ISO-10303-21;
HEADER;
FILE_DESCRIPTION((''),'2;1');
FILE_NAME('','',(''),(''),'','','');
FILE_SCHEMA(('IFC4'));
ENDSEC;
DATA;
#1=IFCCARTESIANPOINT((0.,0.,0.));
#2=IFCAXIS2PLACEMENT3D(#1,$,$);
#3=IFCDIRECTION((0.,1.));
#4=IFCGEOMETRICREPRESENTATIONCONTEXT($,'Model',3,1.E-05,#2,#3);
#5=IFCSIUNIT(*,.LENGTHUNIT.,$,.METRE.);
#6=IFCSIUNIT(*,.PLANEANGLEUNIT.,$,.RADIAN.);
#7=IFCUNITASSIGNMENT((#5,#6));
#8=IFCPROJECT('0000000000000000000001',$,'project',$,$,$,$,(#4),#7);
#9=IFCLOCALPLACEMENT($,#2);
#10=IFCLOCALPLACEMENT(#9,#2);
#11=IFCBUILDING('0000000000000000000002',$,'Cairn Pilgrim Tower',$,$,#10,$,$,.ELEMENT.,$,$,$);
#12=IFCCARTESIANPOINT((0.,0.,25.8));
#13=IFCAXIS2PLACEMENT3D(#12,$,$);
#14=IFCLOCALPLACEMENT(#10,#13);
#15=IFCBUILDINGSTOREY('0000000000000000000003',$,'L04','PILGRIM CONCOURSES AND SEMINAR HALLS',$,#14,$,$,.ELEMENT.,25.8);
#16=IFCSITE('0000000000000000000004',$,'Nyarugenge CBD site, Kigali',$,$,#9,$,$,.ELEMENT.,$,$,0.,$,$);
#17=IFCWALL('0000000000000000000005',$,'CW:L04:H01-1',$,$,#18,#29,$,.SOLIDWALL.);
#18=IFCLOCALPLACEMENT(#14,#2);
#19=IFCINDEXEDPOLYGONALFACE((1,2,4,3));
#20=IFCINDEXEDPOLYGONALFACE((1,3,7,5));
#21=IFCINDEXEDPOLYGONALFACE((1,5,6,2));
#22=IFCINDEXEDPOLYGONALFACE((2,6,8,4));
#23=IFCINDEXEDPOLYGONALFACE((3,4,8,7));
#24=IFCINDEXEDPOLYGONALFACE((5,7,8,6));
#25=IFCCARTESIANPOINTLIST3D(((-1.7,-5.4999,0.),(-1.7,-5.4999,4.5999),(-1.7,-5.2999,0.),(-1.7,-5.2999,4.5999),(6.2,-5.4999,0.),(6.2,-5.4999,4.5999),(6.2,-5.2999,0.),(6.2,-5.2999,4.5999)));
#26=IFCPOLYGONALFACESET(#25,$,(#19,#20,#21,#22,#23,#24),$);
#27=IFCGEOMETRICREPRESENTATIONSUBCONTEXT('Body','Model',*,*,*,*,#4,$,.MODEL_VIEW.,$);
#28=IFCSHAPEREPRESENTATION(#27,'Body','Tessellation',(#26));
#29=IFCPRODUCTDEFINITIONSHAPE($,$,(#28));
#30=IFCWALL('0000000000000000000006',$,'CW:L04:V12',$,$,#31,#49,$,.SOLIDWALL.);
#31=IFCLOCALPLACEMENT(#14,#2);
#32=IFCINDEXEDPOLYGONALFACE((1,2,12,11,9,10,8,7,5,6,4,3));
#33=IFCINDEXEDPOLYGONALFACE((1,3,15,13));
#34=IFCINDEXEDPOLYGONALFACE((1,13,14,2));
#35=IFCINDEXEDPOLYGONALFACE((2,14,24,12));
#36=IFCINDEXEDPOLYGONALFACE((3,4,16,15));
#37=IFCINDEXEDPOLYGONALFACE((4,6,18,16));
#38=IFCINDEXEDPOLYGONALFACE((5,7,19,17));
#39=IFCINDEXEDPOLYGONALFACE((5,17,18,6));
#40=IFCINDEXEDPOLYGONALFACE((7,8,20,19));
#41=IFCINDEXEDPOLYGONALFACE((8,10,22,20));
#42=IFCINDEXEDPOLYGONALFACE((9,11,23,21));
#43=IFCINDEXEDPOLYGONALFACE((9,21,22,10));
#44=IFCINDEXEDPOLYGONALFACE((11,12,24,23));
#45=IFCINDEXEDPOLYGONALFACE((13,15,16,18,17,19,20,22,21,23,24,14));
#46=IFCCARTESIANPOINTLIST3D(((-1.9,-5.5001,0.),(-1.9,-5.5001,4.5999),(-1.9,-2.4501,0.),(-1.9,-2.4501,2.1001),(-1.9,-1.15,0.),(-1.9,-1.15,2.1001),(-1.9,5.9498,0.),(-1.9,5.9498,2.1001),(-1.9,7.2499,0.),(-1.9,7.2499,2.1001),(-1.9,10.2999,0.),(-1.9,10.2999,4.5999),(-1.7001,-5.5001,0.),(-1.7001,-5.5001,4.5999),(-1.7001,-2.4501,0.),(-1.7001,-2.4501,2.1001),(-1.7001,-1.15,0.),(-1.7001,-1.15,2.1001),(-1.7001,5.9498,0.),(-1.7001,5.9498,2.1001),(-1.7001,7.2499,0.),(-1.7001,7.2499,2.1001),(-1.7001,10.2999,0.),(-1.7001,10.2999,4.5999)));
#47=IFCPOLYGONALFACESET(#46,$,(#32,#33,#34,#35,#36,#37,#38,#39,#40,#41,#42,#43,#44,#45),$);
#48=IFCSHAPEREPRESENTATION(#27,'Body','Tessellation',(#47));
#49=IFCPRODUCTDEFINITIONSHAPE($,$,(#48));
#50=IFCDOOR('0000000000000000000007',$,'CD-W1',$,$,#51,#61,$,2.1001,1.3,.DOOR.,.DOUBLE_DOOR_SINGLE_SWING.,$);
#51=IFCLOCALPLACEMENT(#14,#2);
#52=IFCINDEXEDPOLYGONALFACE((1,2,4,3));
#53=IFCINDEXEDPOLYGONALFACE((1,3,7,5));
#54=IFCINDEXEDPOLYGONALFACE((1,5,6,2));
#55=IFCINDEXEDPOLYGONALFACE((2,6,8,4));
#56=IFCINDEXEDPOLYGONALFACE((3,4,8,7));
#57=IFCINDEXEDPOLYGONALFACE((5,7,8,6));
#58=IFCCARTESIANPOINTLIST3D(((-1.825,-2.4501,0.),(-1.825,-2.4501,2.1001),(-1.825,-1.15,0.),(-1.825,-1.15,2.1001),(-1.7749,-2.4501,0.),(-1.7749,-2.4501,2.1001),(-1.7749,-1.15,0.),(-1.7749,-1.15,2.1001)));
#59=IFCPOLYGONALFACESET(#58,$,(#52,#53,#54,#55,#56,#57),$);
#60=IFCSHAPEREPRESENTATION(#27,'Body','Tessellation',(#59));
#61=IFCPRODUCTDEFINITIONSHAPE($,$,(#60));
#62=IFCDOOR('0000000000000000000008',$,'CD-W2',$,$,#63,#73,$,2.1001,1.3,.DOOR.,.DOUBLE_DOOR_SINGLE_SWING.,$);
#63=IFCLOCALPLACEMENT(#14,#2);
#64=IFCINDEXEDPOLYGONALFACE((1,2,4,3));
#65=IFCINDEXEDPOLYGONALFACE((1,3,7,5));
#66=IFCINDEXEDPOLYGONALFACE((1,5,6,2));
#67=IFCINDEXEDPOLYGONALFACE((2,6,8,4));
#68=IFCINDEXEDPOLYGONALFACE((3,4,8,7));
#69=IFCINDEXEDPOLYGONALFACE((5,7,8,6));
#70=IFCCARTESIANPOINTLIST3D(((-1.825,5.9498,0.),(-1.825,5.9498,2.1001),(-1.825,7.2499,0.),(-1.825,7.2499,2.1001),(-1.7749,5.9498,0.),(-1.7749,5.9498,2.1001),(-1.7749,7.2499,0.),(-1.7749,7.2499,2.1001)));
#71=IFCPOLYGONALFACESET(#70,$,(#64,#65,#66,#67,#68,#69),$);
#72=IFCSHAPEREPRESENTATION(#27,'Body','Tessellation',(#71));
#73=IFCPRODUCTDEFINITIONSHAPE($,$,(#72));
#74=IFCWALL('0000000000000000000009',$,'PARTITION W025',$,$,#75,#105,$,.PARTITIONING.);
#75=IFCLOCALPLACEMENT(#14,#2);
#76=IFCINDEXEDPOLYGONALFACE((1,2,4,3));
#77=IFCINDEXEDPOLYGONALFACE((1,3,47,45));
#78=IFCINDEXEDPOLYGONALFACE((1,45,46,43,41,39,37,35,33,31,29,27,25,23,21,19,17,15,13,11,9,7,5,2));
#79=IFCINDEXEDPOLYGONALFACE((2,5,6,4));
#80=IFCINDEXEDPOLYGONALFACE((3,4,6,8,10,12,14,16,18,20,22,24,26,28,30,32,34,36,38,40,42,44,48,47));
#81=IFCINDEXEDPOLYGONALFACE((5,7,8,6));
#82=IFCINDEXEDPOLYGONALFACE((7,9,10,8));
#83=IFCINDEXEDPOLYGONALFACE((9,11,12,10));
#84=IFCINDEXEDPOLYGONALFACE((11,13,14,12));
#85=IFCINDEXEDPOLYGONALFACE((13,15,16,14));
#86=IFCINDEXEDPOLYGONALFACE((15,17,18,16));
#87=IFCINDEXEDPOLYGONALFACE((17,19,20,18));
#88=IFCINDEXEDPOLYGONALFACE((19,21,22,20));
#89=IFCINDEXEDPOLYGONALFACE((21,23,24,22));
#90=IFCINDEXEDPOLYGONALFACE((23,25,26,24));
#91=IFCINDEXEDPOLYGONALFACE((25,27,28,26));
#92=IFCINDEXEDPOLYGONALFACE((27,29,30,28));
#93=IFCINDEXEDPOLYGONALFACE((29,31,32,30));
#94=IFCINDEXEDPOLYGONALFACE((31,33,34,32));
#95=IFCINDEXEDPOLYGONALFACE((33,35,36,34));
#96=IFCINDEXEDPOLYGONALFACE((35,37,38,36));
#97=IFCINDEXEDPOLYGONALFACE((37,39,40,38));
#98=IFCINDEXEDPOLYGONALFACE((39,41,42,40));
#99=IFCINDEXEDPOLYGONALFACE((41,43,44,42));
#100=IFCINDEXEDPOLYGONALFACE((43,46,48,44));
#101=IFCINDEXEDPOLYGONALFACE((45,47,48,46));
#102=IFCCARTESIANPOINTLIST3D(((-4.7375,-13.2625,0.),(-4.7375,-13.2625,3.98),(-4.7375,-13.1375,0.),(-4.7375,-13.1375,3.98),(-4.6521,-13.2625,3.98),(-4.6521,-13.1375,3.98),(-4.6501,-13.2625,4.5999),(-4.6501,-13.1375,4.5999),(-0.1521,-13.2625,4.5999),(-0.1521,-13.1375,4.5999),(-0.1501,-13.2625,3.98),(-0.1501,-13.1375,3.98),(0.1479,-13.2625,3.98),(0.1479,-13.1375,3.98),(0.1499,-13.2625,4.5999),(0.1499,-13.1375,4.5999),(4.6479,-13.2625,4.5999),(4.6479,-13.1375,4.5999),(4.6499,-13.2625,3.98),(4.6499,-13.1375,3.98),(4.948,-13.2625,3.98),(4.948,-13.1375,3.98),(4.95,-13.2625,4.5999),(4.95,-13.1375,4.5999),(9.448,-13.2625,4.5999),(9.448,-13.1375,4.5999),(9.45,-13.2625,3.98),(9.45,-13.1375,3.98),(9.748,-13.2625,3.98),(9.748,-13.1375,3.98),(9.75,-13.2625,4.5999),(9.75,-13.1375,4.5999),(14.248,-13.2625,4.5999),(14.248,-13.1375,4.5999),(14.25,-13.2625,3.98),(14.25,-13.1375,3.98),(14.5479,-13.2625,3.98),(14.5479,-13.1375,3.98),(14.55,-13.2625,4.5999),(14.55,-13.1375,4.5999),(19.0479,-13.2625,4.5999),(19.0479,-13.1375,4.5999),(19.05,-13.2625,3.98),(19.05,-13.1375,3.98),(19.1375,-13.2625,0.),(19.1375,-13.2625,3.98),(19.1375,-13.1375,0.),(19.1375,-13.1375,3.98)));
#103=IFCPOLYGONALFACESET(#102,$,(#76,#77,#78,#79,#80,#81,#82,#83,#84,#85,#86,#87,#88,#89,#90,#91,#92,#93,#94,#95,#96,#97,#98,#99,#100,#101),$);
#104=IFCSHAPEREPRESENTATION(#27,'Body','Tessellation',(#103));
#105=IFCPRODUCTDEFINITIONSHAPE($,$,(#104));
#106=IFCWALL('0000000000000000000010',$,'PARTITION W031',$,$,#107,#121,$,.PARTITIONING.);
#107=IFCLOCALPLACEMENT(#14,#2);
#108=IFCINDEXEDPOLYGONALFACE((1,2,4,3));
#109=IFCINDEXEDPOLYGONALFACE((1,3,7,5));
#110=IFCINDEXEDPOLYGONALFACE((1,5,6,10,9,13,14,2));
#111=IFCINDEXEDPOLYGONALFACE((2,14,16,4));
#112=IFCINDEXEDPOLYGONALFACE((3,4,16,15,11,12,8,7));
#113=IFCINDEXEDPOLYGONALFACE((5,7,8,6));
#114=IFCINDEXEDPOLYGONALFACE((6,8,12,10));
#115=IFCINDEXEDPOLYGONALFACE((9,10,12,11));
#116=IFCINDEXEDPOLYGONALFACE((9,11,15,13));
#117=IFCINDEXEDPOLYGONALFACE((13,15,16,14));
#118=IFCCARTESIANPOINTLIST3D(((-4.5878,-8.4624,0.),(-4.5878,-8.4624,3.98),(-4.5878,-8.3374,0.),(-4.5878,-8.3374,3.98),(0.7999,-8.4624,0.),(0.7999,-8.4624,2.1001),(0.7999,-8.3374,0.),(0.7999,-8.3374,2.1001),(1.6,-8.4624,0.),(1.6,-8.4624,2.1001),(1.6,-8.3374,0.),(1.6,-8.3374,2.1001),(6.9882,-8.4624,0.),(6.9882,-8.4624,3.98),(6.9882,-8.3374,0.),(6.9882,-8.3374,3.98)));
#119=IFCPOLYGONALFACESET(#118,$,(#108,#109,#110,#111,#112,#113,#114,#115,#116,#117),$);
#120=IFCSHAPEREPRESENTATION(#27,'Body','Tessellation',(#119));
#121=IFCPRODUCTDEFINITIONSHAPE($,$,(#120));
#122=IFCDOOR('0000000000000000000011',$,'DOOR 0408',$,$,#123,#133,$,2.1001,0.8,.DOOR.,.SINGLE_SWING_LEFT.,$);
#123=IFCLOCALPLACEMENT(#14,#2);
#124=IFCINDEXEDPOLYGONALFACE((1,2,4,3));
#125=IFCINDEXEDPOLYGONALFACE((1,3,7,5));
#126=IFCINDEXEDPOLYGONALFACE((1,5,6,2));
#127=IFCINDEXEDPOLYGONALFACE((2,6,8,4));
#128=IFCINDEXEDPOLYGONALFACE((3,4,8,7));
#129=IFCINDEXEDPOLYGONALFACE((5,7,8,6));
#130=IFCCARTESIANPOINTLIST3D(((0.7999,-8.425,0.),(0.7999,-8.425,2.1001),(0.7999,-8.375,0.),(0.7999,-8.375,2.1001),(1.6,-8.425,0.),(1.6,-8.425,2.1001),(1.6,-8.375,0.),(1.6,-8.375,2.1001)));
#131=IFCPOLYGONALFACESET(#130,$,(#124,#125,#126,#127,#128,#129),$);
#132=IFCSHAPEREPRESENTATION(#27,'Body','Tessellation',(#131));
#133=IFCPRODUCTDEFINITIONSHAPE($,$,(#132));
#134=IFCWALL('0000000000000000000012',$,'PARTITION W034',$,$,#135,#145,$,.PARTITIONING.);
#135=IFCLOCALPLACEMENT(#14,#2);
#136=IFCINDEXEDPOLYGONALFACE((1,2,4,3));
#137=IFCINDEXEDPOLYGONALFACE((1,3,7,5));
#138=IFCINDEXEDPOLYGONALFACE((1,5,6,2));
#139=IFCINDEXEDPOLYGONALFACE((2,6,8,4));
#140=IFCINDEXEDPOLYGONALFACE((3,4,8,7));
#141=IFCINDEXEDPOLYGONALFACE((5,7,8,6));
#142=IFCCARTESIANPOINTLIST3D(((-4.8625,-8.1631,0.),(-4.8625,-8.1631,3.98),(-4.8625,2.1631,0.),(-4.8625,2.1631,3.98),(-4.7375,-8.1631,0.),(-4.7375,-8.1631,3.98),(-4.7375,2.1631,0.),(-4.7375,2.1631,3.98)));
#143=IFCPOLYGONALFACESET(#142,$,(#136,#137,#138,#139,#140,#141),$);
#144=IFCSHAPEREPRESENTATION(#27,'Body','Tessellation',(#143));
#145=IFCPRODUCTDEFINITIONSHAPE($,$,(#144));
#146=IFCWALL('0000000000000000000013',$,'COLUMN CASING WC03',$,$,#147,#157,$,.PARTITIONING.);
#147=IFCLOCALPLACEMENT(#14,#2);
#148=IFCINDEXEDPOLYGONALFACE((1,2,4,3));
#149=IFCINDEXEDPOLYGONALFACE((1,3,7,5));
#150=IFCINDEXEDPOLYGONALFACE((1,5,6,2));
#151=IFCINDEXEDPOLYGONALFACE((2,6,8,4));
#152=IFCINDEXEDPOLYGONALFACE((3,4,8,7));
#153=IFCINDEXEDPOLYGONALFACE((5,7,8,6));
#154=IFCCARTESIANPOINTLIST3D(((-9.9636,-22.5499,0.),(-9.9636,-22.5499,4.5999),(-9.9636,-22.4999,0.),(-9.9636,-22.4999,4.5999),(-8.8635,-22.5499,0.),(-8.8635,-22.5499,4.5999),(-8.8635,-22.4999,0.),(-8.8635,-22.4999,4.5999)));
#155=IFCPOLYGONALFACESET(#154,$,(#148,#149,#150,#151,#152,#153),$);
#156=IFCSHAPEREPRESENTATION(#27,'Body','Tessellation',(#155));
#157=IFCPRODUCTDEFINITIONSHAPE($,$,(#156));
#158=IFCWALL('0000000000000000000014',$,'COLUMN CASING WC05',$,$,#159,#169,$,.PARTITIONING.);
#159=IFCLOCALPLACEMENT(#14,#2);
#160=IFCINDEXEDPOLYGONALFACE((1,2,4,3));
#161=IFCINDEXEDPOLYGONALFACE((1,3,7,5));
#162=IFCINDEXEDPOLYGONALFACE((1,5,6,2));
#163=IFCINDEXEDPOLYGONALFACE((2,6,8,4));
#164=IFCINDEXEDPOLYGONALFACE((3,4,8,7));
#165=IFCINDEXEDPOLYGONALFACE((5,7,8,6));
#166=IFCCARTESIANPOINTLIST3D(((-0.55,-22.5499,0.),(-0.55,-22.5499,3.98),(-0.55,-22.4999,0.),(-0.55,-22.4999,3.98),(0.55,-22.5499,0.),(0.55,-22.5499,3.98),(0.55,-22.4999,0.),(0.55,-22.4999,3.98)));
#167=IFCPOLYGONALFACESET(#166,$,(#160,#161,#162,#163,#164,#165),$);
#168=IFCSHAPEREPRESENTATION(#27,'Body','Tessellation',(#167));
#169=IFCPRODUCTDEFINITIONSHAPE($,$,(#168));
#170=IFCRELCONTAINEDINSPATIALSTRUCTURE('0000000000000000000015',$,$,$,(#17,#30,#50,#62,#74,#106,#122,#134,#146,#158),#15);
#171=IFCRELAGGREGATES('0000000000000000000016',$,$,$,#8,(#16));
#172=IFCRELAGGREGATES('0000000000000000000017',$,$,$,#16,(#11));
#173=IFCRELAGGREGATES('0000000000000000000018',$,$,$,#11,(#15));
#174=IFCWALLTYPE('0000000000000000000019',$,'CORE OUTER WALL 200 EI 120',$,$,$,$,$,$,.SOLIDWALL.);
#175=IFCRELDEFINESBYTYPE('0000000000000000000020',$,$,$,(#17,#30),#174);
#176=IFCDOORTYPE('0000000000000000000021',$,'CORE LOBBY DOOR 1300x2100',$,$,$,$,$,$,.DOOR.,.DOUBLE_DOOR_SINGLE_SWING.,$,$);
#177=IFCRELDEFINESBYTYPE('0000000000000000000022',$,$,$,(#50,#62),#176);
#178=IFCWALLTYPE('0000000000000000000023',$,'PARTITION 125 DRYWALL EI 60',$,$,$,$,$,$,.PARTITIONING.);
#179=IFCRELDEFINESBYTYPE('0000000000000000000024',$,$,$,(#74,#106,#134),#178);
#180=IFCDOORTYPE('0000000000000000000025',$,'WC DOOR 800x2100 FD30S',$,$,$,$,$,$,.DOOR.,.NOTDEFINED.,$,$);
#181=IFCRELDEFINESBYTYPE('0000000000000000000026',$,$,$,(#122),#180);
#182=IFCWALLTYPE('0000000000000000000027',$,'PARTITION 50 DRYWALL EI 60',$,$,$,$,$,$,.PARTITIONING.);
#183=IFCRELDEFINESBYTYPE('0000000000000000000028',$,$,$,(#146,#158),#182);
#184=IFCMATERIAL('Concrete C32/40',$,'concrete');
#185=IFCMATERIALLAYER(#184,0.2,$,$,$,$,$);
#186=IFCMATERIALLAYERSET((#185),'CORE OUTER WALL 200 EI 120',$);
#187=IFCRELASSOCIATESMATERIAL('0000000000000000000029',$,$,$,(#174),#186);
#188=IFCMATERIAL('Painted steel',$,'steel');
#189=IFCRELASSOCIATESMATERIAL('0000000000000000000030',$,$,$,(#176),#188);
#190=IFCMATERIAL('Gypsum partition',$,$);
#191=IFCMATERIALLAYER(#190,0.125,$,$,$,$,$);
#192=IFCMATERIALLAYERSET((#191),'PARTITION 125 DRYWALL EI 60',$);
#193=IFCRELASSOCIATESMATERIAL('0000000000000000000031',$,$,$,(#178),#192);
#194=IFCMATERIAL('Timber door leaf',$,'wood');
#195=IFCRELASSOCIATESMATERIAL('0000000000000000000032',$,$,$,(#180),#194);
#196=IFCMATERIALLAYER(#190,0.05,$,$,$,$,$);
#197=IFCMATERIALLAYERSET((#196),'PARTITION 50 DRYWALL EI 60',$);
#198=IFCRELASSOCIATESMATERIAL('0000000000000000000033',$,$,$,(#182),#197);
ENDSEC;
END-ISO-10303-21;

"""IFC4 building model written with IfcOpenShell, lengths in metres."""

from ifc_helpers import new_model, si_unit, direction, frame, frame_2d, origin, place, context, subcontext, project, spatial, polyline, rectangle, outline, extrude, material, layer, layer_set, type_object, element, fill, save


model = new_model("IFC4")

# Units and contexts
model_context = context("Model", 3, precision=1e-05, world=origin(), true_north=direction((0.0, 1.0)))
body_context = subcontext(model_context, "Body", "Model", "MODEL_VIEW")
ifc_project = project(units=[si_unit("LENGTHUNIT", "METRE"), si_unit("PLANEANGLEUNIT", "RADIAN")], contexts=[model_context])

# Site, building, storey
site_placement = place(None, origin())
site = spatial("IfcSite", under=ifc_project, at=site_placement, Name="Nyarugenge CBD site, Kigali", CompositionType="ELEMENT", RefElevation=0.0)
building_placement = place(site_placement, origin())
building = spatial("IfcBuilding", under=site, at=building_placement, Name="Cairn Pilgrim Tower", CompositionType="ELEMENT")
storey_placement = place(building_placement, frame((0.0, 0.0, 25.8)))
storey = spatial("IfcBuildingStorey", under=building, at=storey_placement, Name="L04", Description="PILGRIM CONCOURSES AND SEMINAR HALLS", CompositionType="ELEMENT", Elevation=25.8)

# Wall
ifc_material_1 = material(Name="Concrete C32/40", Category="concrete")
ifc_layer_1 = layer(ifc_material_1, 0.2)
ifc_layer_set_1 = layer_set([ifc_layer_1], Name="CORE OUTER WALL 200 EI 120")
wall_type_1 = type_object("IfcWallType", Name="CORE OUTER WALL 200 EI 120", PredefinedType="SOLIDWALL", material=ifc_layer_set_1)
wall_1_placement = place(storey_placement, frame((-1.7, -5.3999, 0.0), z_axis=(0.0, 0.0, 1.0), x_axis=(1.0, 0.0, 0.0)))
element("IfcWall", 1, at=wall_1_placement, inside=storey, type_object=wall_type_1, Name="CW:L04:H01-1", PredefinedType="SOLIDWALL", context=body_context, shape_type="SweptSolid", body=[
    extrude(rectangle(XDim=7.8999, YDim=0.2, at=frame_2d((3.95, 0.0))), origin(), (0.0, 0.0, 1.0), 4.5999),
])

# Wall, openings, doors
wall_2_placement = place(storey_placement, frame((-1.8, -5.5, 0.0), z_axis=(0.0, 0.0, 1.0), x_axis=(0.0, 1.0, 0.0)))
wall_2 = element("IfcWall", 2, at=wall_2_placement, inside=storey, type_object=wall_type_1, Name="CW:L04:V12", PredefinedType="SOLIDWALL", context=body_context, shape_type="SweptSolid", body=[
    extrude(rectangle(XDim=15.8, YDim=0.2, at=frame_2d((7.8999, 0.0))), origin(), (0.0, 0.0, 1.0), 4.5999),
])
opening_1_placement = place(wall_2_placement, frame((3.05, 0.0, 0.0)))
opening_1 = element("IfcOpeningElement", 3, at=opening_1_placement, cuts=wall_2, PredefinedType="OPENING", context=body_context, shape_type="SweptSolid", body=[
    extrude(rectangle(XDim=1.3, YDim=2.1001, at=frame_2d((0.6499, 1.05))), frame((0.0, 0.1099, 0.0), z_axis=(0.0, -1.0, 0.0), x_axis=(1.0, 0.0, 0.0)), (0.0, 0.0, 1.0), 0.22),
])
opening_2_placement = place(wall_2_placement, frame((11.45, 0.0, 0.0)))
opening_2 = element("IfcOpeningElement", 4, at=opening_2_placement, cuts=wall_2, PredefinedType="OPENING", context=body_context, shape_type="SweptSolid", body=[
    extrude(rectangle(XDim=1.3, YDim=2.1001, at=frame_2d((0.6499, 1.05))), frame((0.0, 0.1099, 0.0), z_axis=(0.0, -1.0, 0.0), x_axis=(1.0, 0.0, 0.0)), (0.0, 0.0, 1.0), 0.22),
])
ifc_material_2 = material(Name="Painted steel", Category="steel")
door_type_1 = type_object("IfcDoorType", Name="CORE LOBBY DOOR 1300x2100", OperationType="DOUBLE_DOOR_SINGLE_SWING", PredefinedType="DOOR", material=ifc_material_2)
door_1_placement = place(opening_1_placement, origin())
door_1 = element("IfcDoor", 5, at=door_1_placement, inside=storey, type_object=door_type_1, Name="CD-W1", OperationType="DOUBLE_DOOR_SINGLE_SWING", OverallHeight=2.1001, OverallWidth=1.3, PredefinedType="DOOR", context=body_context, shape_type="SweptSolid", body=[
    extrude(rectangle(XDim=1.3, YDim=2.1001, at=frame_2d((0.6499, 1.05))), frame((0.0, 0.0249, 0.0), z_axis=(0.0, -1.0, 0.0), x_axis=(1.0, 0.0, 0.0)), (0.0, 0.0, 1.0), 0.05),
])
fill(opening_1, door_1)
door_2_placement = place(opening_2_placement, origin())
door_2 = element("IfcDoor", 6, at=door_2_placement, inside=storey, type_object=door_type_1, Name="CD-W2", OperationType="DOUBLE_DOOR_SINGLE_SWING", OverallHeight=2.1001, OverallWidth=1.3, PredefinedType="DOOR", context=body_context, shape_type="SweptSolid", body=[
    extrude(rectangle(XDim=1.3, YDim=2.1001, at=frame_2d((0.6499, 1.05))), frame((0.0, 0.0249, 0.0), z_axis=(0.0, -1.0, 0.0), x_axis=(1.0, 0.0, 0.0)), (0.0, 0.0, 1.0), 0.05),
])
fill(opening_2, door_2)

# Wall
ifc_material_3 = material(Name="Gypsum partition")
ifc_layer_2 = layer(ifc_material_3, 0.125)
ifc_layer_set_2 = layer_set([ifc_layer_2], Name="PARTITION 125 DRYWALL EI 60")
wall_type_2 = type_object("IfcWallType", Name="PARTITION 125 DRYWALL EI 60", PredefinedType="PARTITIONING", material=ifc_layer_set_2)
wall_3_placement = place(storey_placement, frame((-4.7375, -13.2, 0.0), z_axis=(0.0, 0.0, 1.0), x_axis=(1.0, 0.0, 0.0)))
element("IfcWall", 7, at=wall_3_placement, inside=storey, type_object=wall_type_2, Name="PARTITION W025", PredefinedType="PARTITIONING", context=body_context, shape_type="SweptSolid", body=[
    extrude(outline(polyline([(0.0, 0.0), (23.875, 0.0), (23.875, 3.98), (23.7876, 3.98), (23.7854, 4.5999), (19.2876, 4.5999), (19.2854, 3.98), (18.9875, 3.98), (18.9856, 4.5999), (14.4875, 4.5999), (14.4856, 3.98), (14.1875, 3.98), (14.1855, 4.5999), (9.6875, 4.5999), (9.6855, 3.98), (9.3875, 3.98), (9.3855, 4.5999), (4.8875, 4.5999), (4.8855, 3.98), (4.5874, 3.98), (4.5854, 4.5999), (0.0874, 4.5999), (0.0854, 3.98), (0.0, 3.98), (0.0, 0.0)])), frame((0.0, 0.0625, 0.0), z_axis=(0.0, -1.0, 0.0), x_axis=(1.0, 0.0, 0.0)), (0.0, 0.0, 1.0), 0.125),
])

# Wall, opening, door
wall_4_placement = place(storey_placement, frame((-4.5879, -8.3999, 0.0), z_axis=(0.0, 0.0, 1.0), x_axis=(1.0, 0.0, 0.0)))
wall_4 = element("IfcWall", 8, at=wall_4_placement, inside=storey, type_object=wall_type_2, Name="PARTITION W031", PredefinedType="PARTITIONING", context=body_context, shape_type="SweptSolid", body=[
    extrude(rectangle(XDim=11.5759, YDim=0.125, at=frame_2d((5.7881, 0.0))), origin(), (0.0, 0.0, 1.0), 3.98),
])
opening_3_placement = place(wall_4_placement, frame((5.3879, 0.0, 0.0)))
opening_3 = element("IfcOpeningElement", 9, at=opening_3_placement, cuts=wall_4, PredefinedType="OPENING", context=body_context, shape_type="SweptSolid", body=[
    extrude(rectangle(XDim=0.8, YDim=2.1001, at=frame_2d((0.3999, 1.05))), frame((0.0, 0.0725, 0.0), z_axis=(0.0, -1.0, 0.0), x_axis=(1.0, 0.0, 0.0)), (0.0, 0.0, 1.0), 0.145),
])
ifc_material_4 = material(Name="Timber door leaf", Category="wood")
door_type_2 = type_object("IfcDoorType", Name="WC DOOR 800x2100 FD30S", OperationType="NOTDEFINED", PredefinedType="DOOR", material=ifc_material_4)
door_3_placement = place(opening_3_placement, origin())
door_3 = element("IfcDoor", 10, at=door_3_placement, inside=storey, type_object=door_type_2, Name="DOOR 0408", OperationType="SINGLE_SWING_LEFT", OverallHeight=2.1001, OverallWidth=0.8, PredefinedType="DOOR", context=body_context, shape_type="SweptSolid", body=[
    extrude(rectangle(XDim=0.8, YDim=2.1001, at=frame_2d((0.3999, 1.05))), frame((0.0, 0.0249, 0.0), z_axis=(0.0, -1.0, 0.0), x_axis=(1.0, 0.0, 0.0)), (0.0, 0.0, 1.0), 0.05),
])
fill(opening_3, door_3)

# Walls
wall_5_placement = place(storey_placement, frame((-4.8, -8.1631, 0.0), z_axis=(0.0, 0.0, 1.0), x_axis=(0.0, 1.0, 0.0)))
element("IfcWall", 11, at=wall_5_placement, inside=storey, type_object=wall_type_2, Name="PARTITION W034", PredefinedType="PARTITIONING", context=body_context, shape_type="SweptSolid", body=[
    extrude(rectangle(XDim=10.3262, YDim=0.125, at=frame_2d((5.1631, 0.0))), origin(), (0.0, 0.0, 1.0), 3.98),
])
ifc_layer_3 = layer(ifc_material_3, 0.05)
ifc_layer_set_3 = layer_set([ifc_layer_3], Name="PARTITION 50 DRYWALL EI 60")
wall_type_3 = type_object("IfcWallType", Name="PARTITION 50 DRYWALL EI 60", PredefinedType="PARTITIONING", material=ifc_layer_set_3)
wall_6_placement = place(storey_placement, frame((-9.9636, -22.5249, 0.0), z_axis=(0.0, 0.0, 1.0), x_axis=(1.0, 0.0, 0.0)))
element("IfcWall", 12, at=wall_6_placement, inside=storey, type_object=wall_type_3, Name="COLUMN CASING WC03", PredefinedType="PARTITIONING", context=body_context, shape_type="SweptSolid", body=[
    extrude(rectangle(XDim=1.1001, YDim=0.05, at=frame_2d((0.55, 0.0))), origin(), (0.0, 0.0, 1.0), 4.5999),
])
wall_7_placement = place(storey_placement, frame((-0.55, -22.5249, 0.0), z_axis=(0.0, 0.0, 1.0), x_axis=(1.0, 0.0, 0.0)))
element("IfcWall", 13, at=wall_7_placement, inside=storey, type_object=wall_type_3, Name="COLUMN CASING WC05", PredefinedType="PARTITIONING", context=body_context, shape_type="SweptSolid", body=[
    extrude(rectangle(XDim=1.1001, YDim=0.05, at=frame_2d((0.55, 0.0))), origin(), (0.0, 0.0, 1.0), 3.98),
])

save(model, "model.ifc")
